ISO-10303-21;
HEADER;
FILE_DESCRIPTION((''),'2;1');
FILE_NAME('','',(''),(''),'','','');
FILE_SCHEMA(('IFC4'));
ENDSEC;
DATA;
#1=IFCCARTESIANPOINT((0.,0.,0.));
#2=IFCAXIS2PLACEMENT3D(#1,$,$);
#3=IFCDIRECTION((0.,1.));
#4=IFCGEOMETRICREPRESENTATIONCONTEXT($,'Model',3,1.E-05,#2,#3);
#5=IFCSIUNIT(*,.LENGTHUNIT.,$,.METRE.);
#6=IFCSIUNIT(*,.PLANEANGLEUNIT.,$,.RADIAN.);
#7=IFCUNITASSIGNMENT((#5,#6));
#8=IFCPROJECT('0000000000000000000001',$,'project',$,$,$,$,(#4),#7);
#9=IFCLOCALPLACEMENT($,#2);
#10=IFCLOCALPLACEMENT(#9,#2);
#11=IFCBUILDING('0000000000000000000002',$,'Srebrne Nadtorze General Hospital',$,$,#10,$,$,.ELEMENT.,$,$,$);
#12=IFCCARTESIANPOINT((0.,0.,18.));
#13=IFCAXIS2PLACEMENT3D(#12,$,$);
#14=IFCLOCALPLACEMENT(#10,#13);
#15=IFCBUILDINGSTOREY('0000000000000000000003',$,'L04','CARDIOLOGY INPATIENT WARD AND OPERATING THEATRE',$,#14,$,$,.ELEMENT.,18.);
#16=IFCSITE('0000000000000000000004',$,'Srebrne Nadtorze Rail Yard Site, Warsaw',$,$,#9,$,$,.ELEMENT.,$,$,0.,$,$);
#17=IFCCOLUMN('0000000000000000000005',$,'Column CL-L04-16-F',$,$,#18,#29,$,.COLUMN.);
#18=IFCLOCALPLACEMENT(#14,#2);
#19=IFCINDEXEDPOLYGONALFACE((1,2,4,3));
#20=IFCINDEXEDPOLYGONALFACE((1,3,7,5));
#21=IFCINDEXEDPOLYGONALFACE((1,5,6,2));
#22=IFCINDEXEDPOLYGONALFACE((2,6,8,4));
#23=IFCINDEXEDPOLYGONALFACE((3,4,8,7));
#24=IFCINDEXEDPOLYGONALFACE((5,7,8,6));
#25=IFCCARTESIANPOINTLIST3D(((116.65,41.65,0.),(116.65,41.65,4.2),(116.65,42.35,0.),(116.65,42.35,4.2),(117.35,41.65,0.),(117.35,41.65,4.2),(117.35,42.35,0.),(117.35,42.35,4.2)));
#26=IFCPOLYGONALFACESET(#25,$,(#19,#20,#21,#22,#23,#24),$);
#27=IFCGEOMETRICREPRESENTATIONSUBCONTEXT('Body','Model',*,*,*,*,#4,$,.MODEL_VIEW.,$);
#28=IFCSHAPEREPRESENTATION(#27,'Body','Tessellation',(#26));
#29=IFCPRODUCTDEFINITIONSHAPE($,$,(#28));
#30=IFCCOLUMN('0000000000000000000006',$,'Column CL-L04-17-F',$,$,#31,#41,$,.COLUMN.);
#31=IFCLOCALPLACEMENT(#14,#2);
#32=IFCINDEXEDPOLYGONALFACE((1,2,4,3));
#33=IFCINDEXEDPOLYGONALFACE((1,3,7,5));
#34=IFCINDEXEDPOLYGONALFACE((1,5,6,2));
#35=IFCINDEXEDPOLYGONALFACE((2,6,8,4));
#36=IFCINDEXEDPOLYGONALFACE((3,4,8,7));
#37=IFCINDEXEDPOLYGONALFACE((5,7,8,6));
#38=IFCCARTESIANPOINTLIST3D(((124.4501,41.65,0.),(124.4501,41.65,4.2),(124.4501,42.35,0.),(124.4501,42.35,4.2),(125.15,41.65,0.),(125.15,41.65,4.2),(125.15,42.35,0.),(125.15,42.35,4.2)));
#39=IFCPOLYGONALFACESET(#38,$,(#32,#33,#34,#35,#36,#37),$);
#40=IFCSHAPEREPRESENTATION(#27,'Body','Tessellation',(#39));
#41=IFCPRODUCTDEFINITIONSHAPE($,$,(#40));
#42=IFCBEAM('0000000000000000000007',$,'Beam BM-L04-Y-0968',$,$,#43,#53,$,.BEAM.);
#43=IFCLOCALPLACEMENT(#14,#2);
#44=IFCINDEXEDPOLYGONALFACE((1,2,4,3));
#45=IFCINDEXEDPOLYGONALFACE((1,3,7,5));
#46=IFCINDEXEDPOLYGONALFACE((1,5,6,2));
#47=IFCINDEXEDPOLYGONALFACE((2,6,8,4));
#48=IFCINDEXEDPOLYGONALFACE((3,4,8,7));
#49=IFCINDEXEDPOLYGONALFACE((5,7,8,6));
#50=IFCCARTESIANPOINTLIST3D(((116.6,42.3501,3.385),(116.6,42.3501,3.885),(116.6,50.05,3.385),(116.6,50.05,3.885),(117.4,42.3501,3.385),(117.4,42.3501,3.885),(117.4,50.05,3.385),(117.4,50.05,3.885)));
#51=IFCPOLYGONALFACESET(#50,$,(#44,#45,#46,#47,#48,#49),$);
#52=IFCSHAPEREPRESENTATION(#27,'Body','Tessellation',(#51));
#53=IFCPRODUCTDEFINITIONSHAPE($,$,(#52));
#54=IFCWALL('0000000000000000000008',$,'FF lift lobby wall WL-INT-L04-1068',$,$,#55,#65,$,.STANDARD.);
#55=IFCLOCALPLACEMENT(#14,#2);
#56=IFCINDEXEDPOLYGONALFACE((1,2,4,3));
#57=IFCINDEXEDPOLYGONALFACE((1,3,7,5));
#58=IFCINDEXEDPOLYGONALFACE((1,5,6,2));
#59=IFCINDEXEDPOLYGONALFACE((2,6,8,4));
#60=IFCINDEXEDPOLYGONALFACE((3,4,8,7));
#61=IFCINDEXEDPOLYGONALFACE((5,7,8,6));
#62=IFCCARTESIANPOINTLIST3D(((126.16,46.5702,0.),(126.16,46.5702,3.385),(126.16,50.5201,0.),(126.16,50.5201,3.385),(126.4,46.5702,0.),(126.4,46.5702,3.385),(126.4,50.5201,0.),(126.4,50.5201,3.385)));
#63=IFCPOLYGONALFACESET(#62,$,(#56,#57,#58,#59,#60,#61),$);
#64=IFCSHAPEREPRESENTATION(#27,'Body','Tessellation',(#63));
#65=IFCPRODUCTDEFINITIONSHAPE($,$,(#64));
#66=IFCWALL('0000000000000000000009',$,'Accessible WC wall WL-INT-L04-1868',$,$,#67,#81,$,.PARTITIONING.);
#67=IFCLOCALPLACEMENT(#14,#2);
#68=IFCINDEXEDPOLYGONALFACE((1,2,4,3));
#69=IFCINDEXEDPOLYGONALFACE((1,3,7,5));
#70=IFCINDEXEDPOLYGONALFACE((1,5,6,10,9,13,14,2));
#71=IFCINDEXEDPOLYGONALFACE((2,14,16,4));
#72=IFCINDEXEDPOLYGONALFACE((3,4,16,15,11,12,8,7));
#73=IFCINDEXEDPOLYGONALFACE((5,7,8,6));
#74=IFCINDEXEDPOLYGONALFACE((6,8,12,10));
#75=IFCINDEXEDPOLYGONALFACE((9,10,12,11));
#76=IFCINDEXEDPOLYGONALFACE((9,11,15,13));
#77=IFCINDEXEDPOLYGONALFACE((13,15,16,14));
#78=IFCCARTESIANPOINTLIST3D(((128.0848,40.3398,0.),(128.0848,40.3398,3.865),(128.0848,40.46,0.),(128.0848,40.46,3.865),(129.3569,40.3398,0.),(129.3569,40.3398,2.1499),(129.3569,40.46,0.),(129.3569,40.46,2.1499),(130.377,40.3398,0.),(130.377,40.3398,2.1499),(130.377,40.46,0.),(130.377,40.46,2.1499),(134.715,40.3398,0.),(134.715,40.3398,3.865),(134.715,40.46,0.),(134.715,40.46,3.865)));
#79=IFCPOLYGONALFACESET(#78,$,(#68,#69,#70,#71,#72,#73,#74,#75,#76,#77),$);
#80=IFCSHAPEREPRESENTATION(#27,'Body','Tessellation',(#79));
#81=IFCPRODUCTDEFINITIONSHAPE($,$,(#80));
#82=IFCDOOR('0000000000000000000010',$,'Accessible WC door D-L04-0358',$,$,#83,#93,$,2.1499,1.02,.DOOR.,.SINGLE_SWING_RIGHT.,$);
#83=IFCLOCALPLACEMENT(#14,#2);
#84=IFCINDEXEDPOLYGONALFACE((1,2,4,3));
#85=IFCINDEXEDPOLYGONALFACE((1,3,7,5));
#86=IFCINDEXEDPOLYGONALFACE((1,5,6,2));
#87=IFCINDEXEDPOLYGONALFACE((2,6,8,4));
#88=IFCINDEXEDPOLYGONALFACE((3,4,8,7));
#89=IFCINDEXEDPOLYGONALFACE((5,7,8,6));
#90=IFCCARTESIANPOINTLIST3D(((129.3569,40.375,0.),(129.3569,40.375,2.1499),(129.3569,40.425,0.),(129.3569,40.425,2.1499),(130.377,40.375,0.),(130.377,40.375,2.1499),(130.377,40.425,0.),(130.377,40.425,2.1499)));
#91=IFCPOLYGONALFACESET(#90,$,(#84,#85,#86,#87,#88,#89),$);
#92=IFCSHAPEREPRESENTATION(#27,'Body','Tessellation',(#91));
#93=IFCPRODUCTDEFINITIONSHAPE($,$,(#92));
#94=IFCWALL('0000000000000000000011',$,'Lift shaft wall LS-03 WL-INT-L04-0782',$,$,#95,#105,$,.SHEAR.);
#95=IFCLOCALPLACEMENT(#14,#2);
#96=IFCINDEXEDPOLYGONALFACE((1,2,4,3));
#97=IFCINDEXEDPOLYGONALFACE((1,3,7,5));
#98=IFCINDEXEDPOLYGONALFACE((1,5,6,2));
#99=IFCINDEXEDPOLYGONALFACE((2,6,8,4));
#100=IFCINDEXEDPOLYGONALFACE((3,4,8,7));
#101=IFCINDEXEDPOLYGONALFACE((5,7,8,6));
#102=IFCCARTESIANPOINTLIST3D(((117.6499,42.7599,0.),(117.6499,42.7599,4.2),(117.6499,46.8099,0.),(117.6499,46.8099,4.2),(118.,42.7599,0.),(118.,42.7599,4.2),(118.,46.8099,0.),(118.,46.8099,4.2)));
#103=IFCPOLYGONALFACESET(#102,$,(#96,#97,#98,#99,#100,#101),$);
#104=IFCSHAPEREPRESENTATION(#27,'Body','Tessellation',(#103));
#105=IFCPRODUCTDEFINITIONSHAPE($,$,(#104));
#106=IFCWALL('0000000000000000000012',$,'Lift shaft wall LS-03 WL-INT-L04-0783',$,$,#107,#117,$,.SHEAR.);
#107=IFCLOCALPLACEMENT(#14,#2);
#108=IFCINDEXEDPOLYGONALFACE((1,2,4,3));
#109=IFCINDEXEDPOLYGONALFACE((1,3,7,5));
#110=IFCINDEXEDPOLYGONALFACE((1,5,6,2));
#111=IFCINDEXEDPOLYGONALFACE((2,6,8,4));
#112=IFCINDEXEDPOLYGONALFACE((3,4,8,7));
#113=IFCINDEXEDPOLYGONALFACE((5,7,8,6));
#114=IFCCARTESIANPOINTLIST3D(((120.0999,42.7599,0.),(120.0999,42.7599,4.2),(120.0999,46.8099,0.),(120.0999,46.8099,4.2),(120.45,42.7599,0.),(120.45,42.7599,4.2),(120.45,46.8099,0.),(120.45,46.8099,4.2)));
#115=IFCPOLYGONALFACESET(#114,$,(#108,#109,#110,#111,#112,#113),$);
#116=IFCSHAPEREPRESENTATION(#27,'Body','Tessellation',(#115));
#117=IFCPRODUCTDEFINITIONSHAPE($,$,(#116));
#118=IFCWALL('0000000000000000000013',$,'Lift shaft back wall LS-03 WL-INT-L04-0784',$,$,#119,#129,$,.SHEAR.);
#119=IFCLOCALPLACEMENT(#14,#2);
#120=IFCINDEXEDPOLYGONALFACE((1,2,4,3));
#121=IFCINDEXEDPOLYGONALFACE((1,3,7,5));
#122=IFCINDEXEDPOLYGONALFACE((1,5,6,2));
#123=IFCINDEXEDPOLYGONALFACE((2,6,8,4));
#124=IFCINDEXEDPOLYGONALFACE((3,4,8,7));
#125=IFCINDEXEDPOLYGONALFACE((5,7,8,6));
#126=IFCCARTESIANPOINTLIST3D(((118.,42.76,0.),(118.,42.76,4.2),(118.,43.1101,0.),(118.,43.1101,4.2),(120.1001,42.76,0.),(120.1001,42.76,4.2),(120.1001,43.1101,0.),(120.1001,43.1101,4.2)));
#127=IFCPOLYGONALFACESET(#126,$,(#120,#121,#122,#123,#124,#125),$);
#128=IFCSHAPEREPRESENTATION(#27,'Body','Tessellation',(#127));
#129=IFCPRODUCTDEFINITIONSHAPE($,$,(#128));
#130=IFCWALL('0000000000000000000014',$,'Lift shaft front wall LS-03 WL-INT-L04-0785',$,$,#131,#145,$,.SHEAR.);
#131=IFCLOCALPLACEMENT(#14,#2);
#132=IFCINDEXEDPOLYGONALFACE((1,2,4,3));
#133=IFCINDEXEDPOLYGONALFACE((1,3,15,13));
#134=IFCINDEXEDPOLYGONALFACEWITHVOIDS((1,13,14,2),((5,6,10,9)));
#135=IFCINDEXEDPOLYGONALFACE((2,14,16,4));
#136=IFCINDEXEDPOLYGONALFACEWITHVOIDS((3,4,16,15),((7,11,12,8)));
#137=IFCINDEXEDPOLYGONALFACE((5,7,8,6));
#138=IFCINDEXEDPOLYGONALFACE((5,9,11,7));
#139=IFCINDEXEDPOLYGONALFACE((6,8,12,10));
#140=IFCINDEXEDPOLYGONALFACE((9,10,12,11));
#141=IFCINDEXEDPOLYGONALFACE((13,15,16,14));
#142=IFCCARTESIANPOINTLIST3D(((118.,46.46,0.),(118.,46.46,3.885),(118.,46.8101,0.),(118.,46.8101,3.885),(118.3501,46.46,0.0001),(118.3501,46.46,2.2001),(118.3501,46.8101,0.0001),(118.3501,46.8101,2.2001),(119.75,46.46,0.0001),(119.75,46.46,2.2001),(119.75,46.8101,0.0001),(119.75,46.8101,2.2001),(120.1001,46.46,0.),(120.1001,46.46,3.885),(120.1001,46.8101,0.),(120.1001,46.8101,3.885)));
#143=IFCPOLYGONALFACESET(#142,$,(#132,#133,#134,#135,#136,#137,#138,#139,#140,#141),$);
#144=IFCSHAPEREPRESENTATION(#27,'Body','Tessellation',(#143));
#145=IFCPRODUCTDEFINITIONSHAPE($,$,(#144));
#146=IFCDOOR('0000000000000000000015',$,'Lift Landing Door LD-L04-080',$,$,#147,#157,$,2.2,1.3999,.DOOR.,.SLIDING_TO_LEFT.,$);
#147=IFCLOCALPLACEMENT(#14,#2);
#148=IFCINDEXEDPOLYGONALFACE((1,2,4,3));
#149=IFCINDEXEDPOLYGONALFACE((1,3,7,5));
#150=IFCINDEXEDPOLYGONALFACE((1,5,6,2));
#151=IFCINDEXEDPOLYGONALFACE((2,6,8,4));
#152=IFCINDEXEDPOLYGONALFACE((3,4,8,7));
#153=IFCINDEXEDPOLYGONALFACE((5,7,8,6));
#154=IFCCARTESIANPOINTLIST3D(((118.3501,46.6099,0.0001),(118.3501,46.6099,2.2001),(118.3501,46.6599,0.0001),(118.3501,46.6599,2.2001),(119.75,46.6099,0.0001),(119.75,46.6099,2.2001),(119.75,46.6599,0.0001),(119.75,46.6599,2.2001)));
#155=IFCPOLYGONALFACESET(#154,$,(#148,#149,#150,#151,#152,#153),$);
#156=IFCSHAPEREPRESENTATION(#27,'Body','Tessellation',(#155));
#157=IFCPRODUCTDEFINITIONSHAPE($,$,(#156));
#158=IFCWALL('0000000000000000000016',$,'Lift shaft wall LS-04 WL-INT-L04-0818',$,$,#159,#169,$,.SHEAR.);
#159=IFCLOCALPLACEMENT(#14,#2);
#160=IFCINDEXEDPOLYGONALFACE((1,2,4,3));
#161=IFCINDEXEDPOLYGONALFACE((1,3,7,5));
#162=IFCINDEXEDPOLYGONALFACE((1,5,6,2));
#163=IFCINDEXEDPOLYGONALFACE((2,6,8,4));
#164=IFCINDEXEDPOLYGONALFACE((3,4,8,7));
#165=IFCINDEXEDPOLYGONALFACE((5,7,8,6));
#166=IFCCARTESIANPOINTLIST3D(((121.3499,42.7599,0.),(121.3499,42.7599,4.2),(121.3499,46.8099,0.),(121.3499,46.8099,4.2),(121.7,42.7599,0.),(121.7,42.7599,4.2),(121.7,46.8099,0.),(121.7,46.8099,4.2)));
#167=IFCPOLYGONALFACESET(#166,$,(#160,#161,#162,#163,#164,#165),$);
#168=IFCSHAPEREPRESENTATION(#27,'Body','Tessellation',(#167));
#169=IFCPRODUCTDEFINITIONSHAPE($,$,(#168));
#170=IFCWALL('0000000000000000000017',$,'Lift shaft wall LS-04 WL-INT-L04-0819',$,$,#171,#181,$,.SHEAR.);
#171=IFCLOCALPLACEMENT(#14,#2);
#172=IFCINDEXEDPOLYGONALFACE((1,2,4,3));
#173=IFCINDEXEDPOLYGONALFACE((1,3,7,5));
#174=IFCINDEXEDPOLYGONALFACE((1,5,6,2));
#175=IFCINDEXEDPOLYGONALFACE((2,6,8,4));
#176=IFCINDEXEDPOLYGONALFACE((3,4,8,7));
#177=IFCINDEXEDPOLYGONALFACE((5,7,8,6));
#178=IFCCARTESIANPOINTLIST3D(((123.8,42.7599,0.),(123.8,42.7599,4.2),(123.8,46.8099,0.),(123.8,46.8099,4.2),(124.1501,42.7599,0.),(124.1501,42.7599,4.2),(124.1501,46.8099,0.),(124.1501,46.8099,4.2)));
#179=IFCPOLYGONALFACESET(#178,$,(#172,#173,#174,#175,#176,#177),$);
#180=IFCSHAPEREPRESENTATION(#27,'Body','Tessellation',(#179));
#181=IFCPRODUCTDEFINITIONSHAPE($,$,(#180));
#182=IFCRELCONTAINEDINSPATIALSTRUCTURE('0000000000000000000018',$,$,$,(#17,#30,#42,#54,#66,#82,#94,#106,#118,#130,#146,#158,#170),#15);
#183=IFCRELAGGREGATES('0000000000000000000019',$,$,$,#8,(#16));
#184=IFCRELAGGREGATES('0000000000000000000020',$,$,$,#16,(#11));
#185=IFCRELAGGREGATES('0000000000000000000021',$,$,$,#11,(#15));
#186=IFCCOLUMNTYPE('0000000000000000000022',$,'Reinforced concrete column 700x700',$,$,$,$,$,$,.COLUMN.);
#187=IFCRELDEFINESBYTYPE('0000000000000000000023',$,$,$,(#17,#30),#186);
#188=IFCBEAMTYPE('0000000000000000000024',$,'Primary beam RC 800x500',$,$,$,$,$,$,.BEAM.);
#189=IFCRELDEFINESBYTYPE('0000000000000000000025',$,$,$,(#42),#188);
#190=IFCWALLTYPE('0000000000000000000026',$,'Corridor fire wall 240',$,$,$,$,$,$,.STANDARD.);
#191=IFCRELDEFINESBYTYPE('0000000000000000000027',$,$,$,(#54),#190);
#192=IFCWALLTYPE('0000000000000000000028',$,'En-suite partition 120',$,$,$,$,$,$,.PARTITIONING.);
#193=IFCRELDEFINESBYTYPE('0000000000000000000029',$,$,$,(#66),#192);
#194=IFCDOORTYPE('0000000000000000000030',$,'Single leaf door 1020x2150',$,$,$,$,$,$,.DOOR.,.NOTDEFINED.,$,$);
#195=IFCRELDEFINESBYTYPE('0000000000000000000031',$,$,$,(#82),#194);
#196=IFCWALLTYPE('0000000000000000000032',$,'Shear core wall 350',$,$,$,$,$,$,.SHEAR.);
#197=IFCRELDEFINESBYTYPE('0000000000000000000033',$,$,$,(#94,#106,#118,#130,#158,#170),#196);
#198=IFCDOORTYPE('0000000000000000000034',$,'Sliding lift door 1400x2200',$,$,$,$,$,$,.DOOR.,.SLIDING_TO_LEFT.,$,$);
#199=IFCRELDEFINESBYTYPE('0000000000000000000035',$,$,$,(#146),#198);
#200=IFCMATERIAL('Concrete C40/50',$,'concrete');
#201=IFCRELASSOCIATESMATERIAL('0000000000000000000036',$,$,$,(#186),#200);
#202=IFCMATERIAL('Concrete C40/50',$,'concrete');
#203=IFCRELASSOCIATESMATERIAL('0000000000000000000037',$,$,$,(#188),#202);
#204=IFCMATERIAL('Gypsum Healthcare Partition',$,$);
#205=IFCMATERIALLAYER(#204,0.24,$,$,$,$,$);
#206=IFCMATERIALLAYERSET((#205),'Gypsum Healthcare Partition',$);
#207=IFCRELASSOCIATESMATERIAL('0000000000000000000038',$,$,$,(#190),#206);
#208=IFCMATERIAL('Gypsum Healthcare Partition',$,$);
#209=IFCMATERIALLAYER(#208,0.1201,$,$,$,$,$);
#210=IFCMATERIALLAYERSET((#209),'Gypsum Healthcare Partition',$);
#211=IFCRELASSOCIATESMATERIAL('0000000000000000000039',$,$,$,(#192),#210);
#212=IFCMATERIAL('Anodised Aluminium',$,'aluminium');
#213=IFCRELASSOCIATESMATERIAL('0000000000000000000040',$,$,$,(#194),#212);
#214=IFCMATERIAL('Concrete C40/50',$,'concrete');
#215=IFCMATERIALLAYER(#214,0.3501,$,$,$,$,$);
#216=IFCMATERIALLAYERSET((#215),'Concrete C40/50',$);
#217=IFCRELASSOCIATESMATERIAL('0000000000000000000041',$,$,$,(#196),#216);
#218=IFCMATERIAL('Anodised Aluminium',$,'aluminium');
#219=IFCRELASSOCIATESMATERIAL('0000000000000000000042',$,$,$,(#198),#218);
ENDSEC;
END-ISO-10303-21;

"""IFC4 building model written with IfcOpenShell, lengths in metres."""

from ifc_helpers import new_model, si_unit, direction, frame, frame_2d, origin, origin_2d, place, context, subcontext, project, spatial, rectangle, extrude, material, layer, layer_set, material_profile, profile_set, type_object, element, fill, save


model = new_model("IFC4")

# Units and contexts
model_context = context("Model", 3, precision=1e-05, world=origin(), true_north=direction((0.0, 1.0)))
body_context = subcontext(model_context, "Body", "Model", "MODEL_VIEW")
ifc_project = project(units=[si_unit("LENGTHUNIT", "METRE"), si_unit("PLANEANGLEUNIT", "RADIAN")], contexts=[model_context])

# Site, building, storey
site_placement = place(None, origin())
site = spatial("IfcSite", under=ifc_project, at=site_placement, Name="Srebrne Nadtorze Rail Yard Site, Warsaw", CompositionType="ELEMENT", RefElevation=0.0)
building_placement = place(site_placement, origin())
building = spatial("IfcBuilding", under=site, at=building_placement, Name="Srebrne Nadtorze General Hospital", CompositionType="ELEMENT")
storey_placement = place(building_placement, frame((0.0, 0.0, 18.0)))
storey = spatial("IfcBuildingStorey", under=building, at=storey_placement, Name="L04", Description="CARDIOLOGY INPATIENT WARD AND OPERATING THEATRE", CompositionType="ELEMENT", Elevation=18.0)

# Columns
ifc_material_1 = material(Name="Concrete C40/50", Category="concrete")
ifc_material_profile_1 = material_profile(ifc_material_1, rectangle(XDim=0.7, YDim=0.7, at=origin_2d()), Name="RC-COL-700x700")
ifc_profile_set_1 = profile_set([ifc_material_profile_1], Name="Concrete C40/50")
column_type = type_object("IfcColumnType", Name="Reinforced concrete column 700x700", PredefinedType="COLUMN", material=ifc_profile_set_1)
for number, where, z_axis, x_axis, name in (
    (1, (117.0, 42.0, 0.0), (0.0, 0.0, 1.0), (1.0, 0.0, 0.0), "Column CL-L04-16-F"),
    (2, (124.8, 42.0, 0.0), (0.0, 0.0, 1.0), (1.0, 0.0, 0.0), "Column CL-L04-17-F"),
):
    element("IfcColumn", number, at=place(storey_placement, frame(where, z_axis=z_axis, x_axis=x_axis)), inside=storey, type_object=column_type, Name=name, PredefinedType="COLUMN", context=body_context, shape_type="SweptSolid", body=[
        extrude(rectangle(XDim=0.7, YDim=0.7, at=origin_2d()), origin(), (0.0, 0.0, 1.0), 4.2),
    ])

# Beam
ifc_material_2 = material(Name="Concrete C40/50", Category="concrete")
ifc_material_profile_2 = material_profile(ifc_material_2, rectangle(XDim=0.8, YDim=0.5, at=origin_2d()), Name="RC-BM-800x500")
ifc_profile_set_2 = profile_set([ifc_material_profile_2], Name="Concrete C40/50")
beam_type = type_object("IfcBeamType", Name="Primary beam RC 800x500", PredefinedType="BEAM", material=ifc_profile_set_2)
beam_placement = place(storey_placement, frame((117.0, 42.3501, 3.635), z_axis=(0.0, 1.0, 0.0), x_axis=(-1.0, 0.0, 0.0)))
element("IfcBeam", 3, at=beam_placement, inside=storey, type_object=beam_type, Name="Beam BM-L04-Y-0968", PredefinedType="BEAM", context=body_context, shape_type="SweptSolid", body=[
    extrude(rectangle(XDim=0.8, YDim=0.5, at=origin_2d()), origin(), (0.0, 0.0, 1.0), 7.7),
])

# Wall
ifc_material_3 = material(Name="Gypsum Healthcare Partition")
ifc_layer_1 = layer(ifc_material_3, 0.24)
ifc_layer_set_1 = layer_set([ifc_layer_1], Name="Gypsum Healthcare Partition")
wall_type_1 = type_object("IfcWallType", Name="Corridor fire wall 240", PredefinedType="STANDARD", material=ifc_layer_set_1)
wall_1_placement = place(storey_placement, frame((126.28, 46.5701, 0.0), z_axis=(0.0, 0.0, 1.0), x_axis=(0.0, 1.0, 0.0)))
element("IfcWall", 4, at=wall_1_placement, inside=storey, type_object=wall_type_1, Name="FF lift lobby wall WL-INT-L04-1068", PredefinedType="STANDARD", context=body_context, shape_type="SweptSolid", body=[
    extrude(rectangle(XDim=3.95, YDim=0.24, at=frame_2d((1.9751, 0.0))), origin(), (0.0, 0.0, 1.0), 3.385),
])

# Wall, opening, door
ifc_material_4 = material(Name="Gypsum Healthcare Partition")
ifc_layer_2 = layer(ifc_material_4, 0.1201)
ifc_layer_set_2 = layer_set([ifc_layer_2], Name="Gypsum Healthcare Partition")
wall_type_2 = type_object("IfcWallType", Name="En-suite partition 120", PredefinedType="PARTITIONING", material=ifc_layer_set_2)
wall_2_placement = place(storey_placement, frame((128.085, 40.3999, 0.0), z_axis=(0.0, 0.0, 1.0), x_axis=(1.0, 0.0, 0.0)))
wall_2 = element("IfcWall", 5, at=wall_2_placement, inside=storey, type_object=wall_type_2, Name="Accessible WC wall WL-INT-L04-1868", PredefinedType="PARTITIONING", context=body_context, shape_type="SweptSolid", body=[
    extrude(rectangle(XDim=6.6301, YDim=0.1201, at=frame_2d((3.3149, 0.0))), origin(), (0.0, 0.0, 1.0), 3.865),
])
opening_1_placement = place(wall_2_placement, frame((1.272, 0.0, 0.0)))
opening_1 = element("IfcOpeningElement", 6, at=opening_1_placement, cuts=wall_2, PredefinedType="OPENING", context=body_context, shape_type="SweptSolid", body=[
    extrude(rectangle(XDim=1.02, YDim=2.1499, at=frame_2d((0.51, 1.075))), frame((0.0, 0.072, 0.0), z_axis=(0.0, -1.0, 0.0), x_axis=(1.0, 0.0, 0.0)), (0.0, 0.0, 1.0), 0.144),
])
ifc_material_5 = material(Name="Anodised Aluminium", Category="aluminium")
door_type_1 = type_object("IfcDoorType", Name="Single leaf door 1020x2150", OperationType="NOTDEFINED", PredefinedType="DOOR", material=ifc_material_5)
door_1_placement = place(opening_1_placement, frame((1.02, 0.0, 0.0), z_axis=(0.0, 0.0, 1.0), x_axis=(-1.0, 0.0, 0.0)))
door_1 = element("IfcDoor", 7, at=door_1_placement, inside=storey, type_object=door_type_1, Name="Accessible WC door D-L04-0358", OperationType="SINGLE_SWING_RIGHT", OverallHeight=2.1499, OverallWidth=1.02, PredefinedType="DOOR", context=body_context, shape_type="SweptSolid", body=[
    extrude(rectangle(XDim=1.02, YDim=2.1499, at=frame_2d((0.51, 1.075))), frame((0.0, 0.0249, 0.0), z_axis=(0.0, -1.0, 0.0), x_axis=(1.0, 0.0, 0.0)), (0.0, 0.0, 1.0), 0.05),
])
fill(opening_1, door_1)

# Walls
ifc_material_6 = material(Name="Concrete C40/50", Category="concrete")
ifc_layer_3 = layer(ifc_material_6, 0.3501)
ifc_layer_set_3 = layer_set([ifc_layer_3], Name="Concrete C40/50")
wall_type_3 = type_object("IfcWallType", Name="Shear core wall 350", PredefinedType="SHEAR", material=ifc_layer_set_3)
for number, where, z_axis, x_axis, name in (
    (8, (117.825, 42.76, 0.0), (0.0, 0.0, 1.0), (0.0, 1.0, 0.0), "Lift shaft wall LS-03 WL-INT-L04-0782"),
    (9, (120.2749, 42.76, 0.0), (0.0, 0.0, 1.0), (0.0, 1.0, 0.0), "Lift shaft wall LS-03 WL-INT-L04-0783"),
):
    element("IfcWall", number, at=place(storey_placement, frame(where, z_axis=z_axis, x_axis=x_axis)), inside=storey, type_object=wall_type_3, Name=name, PredefinedType="SHEAR", context=body_context, shape_type="SweptSolid", body=[
        extrude(rectangle(XDim=4.05, YDim=0.3501, at=frame_2d((2.0249, 0.0))), origin(), (0.0, 0.0, 1.0), 4.2),
    ])
wall_3_placement = place(storey_placement, frame((118.0, 42.9351, 0.0), z_axis=(0.0, 0.0, 1.0), x_axis=(1.0, 0.0, 0.0)))
element("IfcWall", 10, at=wall_3_placement, inside=storey, type_object=wall_type_3, Name="Lift shaft back wall LS-03 WL-INT-L04-0784", PredefinedType="SHEAR", context=body_context, shape_type="SweptSolid", body=[
    extrude(rectangle(XDim=2.1001, YDim=0.3501, at=frame_2d((1.05, 0.0))), origin(), (0.0, 0.0, 1.0), 4.2),
])

# Wall, opening, door
wall_4_placement = place(storey_placement, frame((118.0, 46.635, 0.0), z_axis=(0.0, 0.0, 1.0), x_axis=(1.0, 0.0, 0.0)))
wall_4 = element("IfcWall", 11, at=wall_4_placement, inside=storey, type_object=wall_type_3, Name="Lift shaft front wall LS-03 WL-INT-L04-0785", PredefinedType="SHEAR", context=body_context, shape_type="SweptSolid", body=[
    extrude(rectangle(XDim=2.1001, YDim=0.3501, at=frame_2d((1.05, 0.0))), origin(), (0.0, 0.0, 1.0), 3.885),
])
opening_2_placement = place(wall_4_placement, frame((0.3501, 0.0, 0.0)))
opening_2 = element("IfcOpeningElement", 12, at=opening_2_placement, cuts=wall_4, PredefinedType="OPENING", context=body_context, shape_type="SweptSolid", body=[
    extrude(rectangle(XDim=1.3999, YDim=2.2, at=frame_2d((0.7, 1.1001))), frame((0.0, 0.187, 0.0), z_axis=(0.0, -1.0, 0.0), x_axis=(1.0, 0.0, 0.0)), (0.0, 0.0, 1.0), 0.374),
])
ifc_material_7 = material(Name="Anodised Aluminium", Category="aluminium")
door_type_2 = type_object("IfcDoorType", Name="Sliding lift door 1400x2200", OperationType="SLIDING_TO_LEFT", PredefinedType="DOOR", material=ifc_material_7)
door_2_placement = place(opening_2_placement, origin())
door_2 = element("IfcDoor", 13, at=door_2_placement, inside=storey, type_object=door_type_2, Name="Lift Landing Door LD-L04-080", OperationType="SLIDING_TO_LEFT", OverallHeight=2.2, OverallWidth=1.3999, PredefinedType="DOOR", context=body_context, shape_type="SweptSolid", body=[
    extrude(rectangle(XDim=1.3999, YDim=2.2, at=frame_2d((0.7, 1.1001))), frame((0.0, 0.0249, 0.0), z_axis=(0.0, -1.0, 0.0), x_axis=(1.0, 0.0, 0.0)), (0.0, 0.0, 1.0), 0.05),
])
fill(opening_2, door_2)

# Walls
for number, where, z_axis, x_axis, name in (
    (14, (121.5249, 42.76, 0.0), (0.0, 0.0, 1.0), (0.0, 1.0, 0.0), "Lift shaft wall LS-04 WL-INT-L04-0818"),
    (15, (123.9751, 42.76, 0.0), (0.0, 0.0, 1.0), (0.0, 1.0, 0.0), "Lift shaft wall LS-04 WL-INT-L04-0819"),
):
    element("IfcWall", number, at=place(storey_placement, frame(where, z_axis=z_axis, x_axis=x_axis)), inside=storey, type_object=wall_type_3, Name=name, PredefinedType="SHEAR", context=body_context, shape_type="SweptSolid", body=[
        extrude(rectangle(XDim=4.05, YDim=0.3501, at=frame_2d((2.0249, 0.0))), origin(), (0.0, 0.0, 1.0), 4.2),
    ])

save(model, "model.ifc")
